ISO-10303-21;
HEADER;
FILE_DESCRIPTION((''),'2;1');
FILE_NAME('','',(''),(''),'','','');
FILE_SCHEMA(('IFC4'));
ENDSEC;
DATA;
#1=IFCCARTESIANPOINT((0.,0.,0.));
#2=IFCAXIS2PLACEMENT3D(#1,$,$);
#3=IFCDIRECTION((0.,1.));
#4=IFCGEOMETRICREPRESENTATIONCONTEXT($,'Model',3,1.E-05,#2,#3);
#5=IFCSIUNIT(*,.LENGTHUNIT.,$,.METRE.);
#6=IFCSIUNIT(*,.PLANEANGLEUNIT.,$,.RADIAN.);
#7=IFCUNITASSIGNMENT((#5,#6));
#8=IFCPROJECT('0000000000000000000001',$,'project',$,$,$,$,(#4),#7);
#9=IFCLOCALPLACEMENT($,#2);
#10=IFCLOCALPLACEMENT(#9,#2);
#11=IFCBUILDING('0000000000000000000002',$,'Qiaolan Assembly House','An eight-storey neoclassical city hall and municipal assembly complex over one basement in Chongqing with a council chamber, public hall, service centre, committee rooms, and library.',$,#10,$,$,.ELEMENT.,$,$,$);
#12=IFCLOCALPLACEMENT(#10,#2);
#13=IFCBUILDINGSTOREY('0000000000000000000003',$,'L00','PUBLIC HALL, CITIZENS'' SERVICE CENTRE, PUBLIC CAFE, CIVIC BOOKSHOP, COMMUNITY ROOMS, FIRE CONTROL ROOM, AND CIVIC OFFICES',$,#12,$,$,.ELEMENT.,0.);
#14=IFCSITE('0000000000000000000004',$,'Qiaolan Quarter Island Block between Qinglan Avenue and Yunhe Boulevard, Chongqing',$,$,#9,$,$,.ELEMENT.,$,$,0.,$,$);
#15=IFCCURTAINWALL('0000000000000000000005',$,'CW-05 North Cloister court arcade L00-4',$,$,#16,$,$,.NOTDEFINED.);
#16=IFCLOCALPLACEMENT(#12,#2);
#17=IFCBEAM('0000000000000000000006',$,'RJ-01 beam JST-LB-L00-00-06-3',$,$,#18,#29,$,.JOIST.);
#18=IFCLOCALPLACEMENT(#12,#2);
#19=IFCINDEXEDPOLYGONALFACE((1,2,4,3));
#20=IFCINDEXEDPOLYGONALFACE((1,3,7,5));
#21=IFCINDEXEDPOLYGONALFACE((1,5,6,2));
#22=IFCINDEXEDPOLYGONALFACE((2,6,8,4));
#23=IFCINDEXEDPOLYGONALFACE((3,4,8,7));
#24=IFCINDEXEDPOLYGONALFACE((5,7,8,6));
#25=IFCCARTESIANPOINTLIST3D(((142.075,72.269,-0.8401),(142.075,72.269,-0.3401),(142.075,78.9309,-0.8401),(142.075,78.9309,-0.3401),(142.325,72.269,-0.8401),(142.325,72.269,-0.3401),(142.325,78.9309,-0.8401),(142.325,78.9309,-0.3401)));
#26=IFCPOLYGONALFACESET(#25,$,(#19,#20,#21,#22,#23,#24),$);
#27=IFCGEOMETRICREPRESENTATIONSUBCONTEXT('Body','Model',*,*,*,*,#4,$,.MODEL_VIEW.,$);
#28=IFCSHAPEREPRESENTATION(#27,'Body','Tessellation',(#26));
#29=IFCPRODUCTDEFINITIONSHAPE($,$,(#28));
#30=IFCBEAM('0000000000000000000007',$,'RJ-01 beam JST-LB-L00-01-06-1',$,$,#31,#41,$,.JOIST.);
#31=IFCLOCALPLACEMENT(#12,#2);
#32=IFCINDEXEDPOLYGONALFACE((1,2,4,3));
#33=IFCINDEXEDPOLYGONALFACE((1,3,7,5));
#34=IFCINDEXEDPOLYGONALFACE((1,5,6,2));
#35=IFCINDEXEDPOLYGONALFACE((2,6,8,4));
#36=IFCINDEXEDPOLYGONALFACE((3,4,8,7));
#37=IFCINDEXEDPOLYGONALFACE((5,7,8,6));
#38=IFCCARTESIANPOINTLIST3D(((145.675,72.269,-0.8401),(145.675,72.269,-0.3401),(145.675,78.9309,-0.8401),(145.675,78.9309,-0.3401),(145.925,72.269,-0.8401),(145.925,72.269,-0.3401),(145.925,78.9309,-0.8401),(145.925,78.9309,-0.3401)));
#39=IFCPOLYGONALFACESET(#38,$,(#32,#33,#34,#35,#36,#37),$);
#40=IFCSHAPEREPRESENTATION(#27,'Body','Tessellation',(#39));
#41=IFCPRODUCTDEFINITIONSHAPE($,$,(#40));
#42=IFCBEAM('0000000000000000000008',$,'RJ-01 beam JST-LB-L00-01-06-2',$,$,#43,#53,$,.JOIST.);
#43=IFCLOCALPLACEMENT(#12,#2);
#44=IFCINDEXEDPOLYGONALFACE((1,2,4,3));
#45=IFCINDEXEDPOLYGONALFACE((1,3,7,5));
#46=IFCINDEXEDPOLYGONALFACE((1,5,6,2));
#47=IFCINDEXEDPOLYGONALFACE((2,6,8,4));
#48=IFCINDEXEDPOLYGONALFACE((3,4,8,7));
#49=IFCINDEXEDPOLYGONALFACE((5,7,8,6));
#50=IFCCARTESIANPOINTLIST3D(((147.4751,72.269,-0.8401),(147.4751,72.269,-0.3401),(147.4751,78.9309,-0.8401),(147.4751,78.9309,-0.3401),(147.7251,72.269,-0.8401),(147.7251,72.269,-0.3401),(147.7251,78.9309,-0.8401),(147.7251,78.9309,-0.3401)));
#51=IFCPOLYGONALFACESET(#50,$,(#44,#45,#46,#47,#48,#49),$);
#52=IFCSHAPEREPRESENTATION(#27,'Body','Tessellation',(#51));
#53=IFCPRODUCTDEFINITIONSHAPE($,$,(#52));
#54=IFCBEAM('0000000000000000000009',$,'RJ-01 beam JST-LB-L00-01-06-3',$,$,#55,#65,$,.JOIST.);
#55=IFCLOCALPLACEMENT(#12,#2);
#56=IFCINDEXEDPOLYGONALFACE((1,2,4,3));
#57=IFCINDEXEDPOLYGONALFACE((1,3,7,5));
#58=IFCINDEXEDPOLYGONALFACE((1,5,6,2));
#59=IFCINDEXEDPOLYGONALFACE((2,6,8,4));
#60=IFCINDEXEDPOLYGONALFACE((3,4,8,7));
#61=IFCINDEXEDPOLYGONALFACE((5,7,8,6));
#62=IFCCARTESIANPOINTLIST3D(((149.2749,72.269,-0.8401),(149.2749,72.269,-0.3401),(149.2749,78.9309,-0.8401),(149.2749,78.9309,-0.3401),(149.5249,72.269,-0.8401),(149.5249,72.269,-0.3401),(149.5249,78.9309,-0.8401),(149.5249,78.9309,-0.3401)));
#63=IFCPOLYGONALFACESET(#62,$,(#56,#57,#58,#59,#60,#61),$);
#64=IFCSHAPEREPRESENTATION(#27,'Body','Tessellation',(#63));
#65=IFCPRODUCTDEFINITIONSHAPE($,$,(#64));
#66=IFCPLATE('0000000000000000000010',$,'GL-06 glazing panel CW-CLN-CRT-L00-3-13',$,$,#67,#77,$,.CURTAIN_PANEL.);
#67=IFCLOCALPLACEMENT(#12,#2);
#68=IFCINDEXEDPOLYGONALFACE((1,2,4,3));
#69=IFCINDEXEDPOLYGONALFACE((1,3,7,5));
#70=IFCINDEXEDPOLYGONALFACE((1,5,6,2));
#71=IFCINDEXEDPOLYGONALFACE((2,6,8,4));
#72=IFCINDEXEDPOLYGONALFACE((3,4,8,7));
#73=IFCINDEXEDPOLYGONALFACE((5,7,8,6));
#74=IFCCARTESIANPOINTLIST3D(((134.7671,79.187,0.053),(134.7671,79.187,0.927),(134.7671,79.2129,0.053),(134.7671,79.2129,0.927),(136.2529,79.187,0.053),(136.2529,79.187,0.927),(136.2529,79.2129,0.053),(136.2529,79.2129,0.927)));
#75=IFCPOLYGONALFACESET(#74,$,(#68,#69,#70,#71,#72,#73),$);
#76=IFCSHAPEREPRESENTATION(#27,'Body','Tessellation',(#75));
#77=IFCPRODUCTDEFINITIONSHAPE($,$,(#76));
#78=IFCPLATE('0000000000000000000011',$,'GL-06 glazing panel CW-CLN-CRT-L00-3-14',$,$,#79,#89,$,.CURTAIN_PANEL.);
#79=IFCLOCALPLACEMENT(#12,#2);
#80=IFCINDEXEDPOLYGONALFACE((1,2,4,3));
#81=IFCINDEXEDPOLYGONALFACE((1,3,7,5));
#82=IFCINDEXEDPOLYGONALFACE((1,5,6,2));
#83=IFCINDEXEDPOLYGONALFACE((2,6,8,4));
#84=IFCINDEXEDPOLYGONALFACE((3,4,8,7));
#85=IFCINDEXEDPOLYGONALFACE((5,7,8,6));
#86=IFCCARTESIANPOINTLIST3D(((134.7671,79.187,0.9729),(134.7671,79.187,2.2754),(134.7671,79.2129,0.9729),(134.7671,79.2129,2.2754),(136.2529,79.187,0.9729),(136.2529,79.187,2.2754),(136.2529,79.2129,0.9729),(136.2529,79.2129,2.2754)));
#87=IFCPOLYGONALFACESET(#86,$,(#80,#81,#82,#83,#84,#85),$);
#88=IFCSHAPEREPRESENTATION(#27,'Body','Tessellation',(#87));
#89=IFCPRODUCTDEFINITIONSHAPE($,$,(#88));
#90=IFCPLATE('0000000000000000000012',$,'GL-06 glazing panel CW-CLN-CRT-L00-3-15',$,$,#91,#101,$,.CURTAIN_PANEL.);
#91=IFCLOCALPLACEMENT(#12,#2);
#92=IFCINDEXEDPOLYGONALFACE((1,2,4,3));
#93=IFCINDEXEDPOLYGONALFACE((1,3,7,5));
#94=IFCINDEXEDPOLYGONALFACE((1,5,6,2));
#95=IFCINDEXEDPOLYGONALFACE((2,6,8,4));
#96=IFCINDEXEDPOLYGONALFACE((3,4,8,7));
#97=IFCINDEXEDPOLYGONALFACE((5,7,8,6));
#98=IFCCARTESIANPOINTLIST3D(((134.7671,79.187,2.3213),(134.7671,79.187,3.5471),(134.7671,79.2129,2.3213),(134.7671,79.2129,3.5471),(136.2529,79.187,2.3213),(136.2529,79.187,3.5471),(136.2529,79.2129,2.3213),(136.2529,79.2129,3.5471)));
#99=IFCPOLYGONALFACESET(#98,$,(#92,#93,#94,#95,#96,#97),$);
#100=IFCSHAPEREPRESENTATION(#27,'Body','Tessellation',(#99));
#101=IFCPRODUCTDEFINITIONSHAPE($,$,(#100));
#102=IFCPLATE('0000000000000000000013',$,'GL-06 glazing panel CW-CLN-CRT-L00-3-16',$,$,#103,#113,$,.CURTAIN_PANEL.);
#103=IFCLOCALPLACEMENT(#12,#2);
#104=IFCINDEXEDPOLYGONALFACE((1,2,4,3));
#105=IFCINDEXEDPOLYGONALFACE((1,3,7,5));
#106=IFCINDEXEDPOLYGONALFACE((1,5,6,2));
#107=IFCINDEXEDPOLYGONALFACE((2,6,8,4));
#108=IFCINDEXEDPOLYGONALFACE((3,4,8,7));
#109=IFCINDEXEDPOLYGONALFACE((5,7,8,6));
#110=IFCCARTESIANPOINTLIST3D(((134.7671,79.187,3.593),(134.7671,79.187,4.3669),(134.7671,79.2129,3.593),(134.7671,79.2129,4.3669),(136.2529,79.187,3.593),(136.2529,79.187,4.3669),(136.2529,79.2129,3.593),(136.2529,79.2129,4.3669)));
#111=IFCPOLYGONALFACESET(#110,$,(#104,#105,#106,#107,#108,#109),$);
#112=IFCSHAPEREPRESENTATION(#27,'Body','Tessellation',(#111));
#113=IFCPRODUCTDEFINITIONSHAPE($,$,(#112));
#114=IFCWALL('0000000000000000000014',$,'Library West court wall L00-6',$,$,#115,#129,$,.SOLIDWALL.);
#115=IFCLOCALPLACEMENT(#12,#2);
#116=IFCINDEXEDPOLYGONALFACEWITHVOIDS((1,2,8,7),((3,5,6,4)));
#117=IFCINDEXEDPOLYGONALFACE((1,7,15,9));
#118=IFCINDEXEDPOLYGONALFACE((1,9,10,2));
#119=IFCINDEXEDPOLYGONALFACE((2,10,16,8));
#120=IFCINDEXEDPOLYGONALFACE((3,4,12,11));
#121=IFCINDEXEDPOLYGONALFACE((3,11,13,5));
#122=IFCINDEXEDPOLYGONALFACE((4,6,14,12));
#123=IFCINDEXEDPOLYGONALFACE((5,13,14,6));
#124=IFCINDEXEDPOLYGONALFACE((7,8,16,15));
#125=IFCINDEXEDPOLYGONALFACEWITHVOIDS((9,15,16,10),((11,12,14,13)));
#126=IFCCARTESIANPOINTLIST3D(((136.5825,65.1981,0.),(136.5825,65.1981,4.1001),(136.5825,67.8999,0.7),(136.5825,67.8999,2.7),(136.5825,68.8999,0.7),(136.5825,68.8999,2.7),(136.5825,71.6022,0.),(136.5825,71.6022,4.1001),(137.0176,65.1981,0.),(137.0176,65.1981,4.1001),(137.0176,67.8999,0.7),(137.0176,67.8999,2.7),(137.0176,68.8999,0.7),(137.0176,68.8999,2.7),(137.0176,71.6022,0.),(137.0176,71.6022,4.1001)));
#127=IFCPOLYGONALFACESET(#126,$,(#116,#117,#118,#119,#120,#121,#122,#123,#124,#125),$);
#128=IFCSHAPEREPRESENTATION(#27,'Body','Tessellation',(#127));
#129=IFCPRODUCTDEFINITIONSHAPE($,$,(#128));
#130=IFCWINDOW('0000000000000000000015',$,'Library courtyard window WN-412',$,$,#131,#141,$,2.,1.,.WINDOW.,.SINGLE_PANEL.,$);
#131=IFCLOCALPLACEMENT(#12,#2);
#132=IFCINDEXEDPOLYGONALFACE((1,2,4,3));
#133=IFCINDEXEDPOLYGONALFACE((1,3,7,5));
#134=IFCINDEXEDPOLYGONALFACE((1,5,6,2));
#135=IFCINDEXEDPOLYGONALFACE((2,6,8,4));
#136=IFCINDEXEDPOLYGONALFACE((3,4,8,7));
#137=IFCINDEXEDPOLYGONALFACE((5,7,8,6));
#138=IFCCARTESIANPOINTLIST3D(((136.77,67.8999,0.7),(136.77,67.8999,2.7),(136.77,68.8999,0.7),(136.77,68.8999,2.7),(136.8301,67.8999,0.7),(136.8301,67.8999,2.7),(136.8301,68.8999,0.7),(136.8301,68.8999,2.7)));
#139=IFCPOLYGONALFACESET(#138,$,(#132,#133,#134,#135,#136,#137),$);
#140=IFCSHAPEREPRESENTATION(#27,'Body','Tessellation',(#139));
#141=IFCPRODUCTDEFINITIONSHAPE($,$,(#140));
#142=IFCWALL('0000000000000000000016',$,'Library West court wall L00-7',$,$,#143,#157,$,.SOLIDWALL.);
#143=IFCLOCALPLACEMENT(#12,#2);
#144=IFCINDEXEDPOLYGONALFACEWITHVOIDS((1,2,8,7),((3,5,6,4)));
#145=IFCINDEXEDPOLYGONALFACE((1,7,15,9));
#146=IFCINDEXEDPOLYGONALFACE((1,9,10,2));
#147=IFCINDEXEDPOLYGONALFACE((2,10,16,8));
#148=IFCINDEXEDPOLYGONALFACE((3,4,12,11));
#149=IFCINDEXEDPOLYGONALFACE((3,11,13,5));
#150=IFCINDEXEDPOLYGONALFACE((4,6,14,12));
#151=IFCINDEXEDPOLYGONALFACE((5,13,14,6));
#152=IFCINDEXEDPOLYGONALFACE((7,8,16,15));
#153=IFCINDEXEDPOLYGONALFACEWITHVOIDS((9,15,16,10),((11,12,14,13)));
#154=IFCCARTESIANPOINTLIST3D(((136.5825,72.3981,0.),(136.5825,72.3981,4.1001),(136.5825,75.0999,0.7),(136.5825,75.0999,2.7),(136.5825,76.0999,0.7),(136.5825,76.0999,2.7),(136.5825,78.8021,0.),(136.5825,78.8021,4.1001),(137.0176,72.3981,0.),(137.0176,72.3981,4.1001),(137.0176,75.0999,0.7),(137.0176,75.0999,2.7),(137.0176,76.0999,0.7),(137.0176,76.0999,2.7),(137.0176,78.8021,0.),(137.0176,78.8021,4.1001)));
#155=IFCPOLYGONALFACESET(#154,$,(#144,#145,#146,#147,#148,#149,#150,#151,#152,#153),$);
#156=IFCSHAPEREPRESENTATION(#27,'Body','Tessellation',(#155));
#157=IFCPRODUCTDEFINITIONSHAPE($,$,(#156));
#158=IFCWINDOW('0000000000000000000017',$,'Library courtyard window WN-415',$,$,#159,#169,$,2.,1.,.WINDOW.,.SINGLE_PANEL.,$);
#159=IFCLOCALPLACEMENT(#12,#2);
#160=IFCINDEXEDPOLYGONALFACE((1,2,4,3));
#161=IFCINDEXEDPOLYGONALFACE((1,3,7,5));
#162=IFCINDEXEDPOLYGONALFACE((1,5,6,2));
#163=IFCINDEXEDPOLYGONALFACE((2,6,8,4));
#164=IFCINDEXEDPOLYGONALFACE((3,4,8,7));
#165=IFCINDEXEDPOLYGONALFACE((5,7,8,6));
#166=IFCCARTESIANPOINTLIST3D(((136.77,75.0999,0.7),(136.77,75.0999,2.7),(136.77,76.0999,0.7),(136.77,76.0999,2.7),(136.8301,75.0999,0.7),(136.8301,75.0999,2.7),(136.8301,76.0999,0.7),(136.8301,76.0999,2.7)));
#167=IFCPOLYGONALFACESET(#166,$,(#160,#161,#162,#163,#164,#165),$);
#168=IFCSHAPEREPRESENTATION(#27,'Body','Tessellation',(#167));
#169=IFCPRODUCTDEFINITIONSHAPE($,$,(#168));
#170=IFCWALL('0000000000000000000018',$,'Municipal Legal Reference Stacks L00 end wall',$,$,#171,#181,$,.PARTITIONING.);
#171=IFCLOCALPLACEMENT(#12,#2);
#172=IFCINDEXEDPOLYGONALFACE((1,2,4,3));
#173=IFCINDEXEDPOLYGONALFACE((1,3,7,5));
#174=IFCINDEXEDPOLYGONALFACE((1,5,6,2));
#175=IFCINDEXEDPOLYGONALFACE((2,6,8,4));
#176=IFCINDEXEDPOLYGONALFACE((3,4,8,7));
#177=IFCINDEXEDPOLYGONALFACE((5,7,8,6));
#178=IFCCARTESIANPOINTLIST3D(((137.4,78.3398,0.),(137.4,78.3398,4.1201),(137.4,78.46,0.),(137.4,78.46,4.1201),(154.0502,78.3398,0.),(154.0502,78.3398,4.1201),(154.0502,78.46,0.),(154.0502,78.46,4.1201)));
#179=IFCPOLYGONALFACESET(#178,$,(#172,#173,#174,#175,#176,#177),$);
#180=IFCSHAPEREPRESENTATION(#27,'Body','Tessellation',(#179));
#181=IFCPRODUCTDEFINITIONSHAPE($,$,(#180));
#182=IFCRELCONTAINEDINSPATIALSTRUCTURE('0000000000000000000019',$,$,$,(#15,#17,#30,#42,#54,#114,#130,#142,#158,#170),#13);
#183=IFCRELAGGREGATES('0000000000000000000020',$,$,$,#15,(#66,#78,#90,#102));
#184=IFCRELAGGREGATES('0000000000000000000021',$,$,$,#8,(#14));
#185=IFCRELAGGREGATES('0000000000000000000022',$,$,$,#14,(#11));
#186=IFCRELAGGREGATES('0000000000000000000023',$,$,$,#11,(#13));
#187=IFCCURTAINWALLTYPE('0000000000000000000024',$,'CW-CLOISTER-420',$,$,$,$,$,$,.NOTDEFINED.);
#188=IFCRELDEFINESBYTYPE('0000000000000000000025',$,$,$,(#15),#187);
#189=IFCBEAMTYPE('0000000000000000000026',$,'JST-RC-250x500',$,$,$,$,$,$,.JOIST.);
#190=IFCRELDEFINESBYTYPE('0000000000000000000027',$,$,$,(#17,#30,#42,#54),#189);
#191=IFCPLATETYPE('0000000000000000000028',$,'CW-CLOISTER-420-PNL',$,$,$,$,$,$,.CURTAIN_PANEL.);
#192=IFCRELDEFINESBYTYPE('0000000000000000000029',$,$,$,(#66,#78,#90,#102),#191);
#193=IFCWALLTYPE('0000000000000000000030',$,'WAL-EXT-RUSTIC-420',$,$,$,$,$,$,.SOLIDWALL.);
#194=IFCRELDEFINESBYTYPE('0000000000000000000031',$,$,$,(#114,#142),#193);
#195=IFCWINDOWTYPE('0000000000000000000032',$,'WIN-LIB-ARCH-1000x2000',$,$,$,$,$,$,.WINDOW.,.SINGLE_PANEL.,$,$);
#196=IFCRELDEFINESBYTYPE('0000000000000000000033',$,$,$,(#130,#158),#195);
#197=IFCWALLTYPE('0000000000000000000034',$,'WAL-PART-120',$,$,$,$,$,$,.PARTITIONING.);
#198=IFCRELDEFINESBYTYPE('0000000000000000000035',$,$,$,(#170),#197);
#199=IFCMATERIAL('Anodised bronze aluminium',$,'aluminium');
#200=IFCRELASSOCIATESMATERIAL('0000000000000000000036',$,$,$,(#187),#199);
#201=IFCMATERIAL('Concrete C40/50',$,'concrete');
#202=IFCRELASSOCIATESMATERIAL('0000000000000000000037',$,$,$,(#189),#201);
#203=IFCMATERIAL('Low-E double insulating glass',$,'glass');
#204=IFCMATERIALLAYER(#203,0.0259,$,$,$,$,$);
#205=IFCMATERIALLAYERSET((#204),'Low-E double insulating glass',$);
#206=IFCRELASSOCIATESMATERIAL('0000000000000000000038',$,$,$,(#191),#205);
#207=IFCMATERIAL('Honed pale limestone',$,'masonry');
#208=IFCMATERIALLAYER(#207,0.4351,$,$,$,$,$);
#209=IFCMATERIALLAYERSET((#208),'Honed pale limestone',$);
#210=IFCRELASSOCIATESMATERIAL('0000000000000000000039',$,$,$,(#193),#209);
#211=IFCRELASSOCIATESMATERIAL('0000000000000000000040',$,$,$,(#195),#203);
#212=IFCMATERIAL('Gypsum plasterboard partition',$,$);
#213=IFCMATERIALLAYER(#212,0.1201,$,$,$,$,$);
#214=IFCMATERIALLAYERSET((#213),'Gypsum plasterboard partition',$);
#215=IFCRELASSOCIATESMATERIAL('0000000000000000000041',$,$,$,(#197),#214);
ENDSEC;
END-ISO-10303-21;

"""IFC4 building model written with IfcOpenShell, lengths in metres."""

from ifc_helpers import new_model, si_unit, direction, frame, frame_2d, origin, origin_2d, place, context, subcontext, project, spatial, rectangle, extrude, material, layer, layer_set, material_profile, profile_set, type_object, element, fill, aggregate, save


model = new_model("IFC4")

# Units and contexts
model_context = context("Model", 3, precision=1e-05, world=origin(), true_north=direction((0.0, 1.0)))
body_context = subcontext(model_context, "Body", "Model", "MODEL_VIEW")
ifc_project = project(units=[si_unit("LENGTHUNIT", "METRE"), si_unit("PLANEANGLEUNIT", "RADIAN")], contexts=[model_context])

# Site, building, storey
site_placement = place(None, origin())
site = spatial("IfcSite", under=ifc_project, at=site_placement, Name="Qiaolan Quarter Island Block between Qinglan Avenue and Yunhe Boulevard, Chongqing", CompositionType="ELEMENT", RefElevation=0.0)
building_placement = place(site_placement, origin())
building = spatial("IfcBuilding", under=site, at=building_placement, Name="Qiaolan Assembly House", Description="An eight-storey neoclassical city hall and municipal assembly complex over one basement in Chongqing with a council chamber, public hall, service centre, committee rooms, and library.", CompositionType="ELEMENT")
storey_placement = place(building_placement, origin())
storey = spatial("IfcBuildingStorey", under=building, at=storey_placement, Name="L00", Description="PUBLIC HALL, CITIZENS' SERVICE CENTRE, PUBLIC CAFE, CIVIC BOOKSHOP, COMMUNITY ROOMS, FIRE CONTROL ROOM, AND CIVIC OFFICES", CompositionType="ELEMENT", Elevation=0.0)

# Shared definitions
ifc_material_1 = material(Name="Concrete C40/50", Category="concrete")

# Curtain wall
ifc_material_2 = material(Name="Anodised bronze aluminium", Category="aluminium")
curtain_wall_type = type_object("IfcCurtainWallType", Name="CW-CLOISTER-420", PredefinedType="NOTDEFINED", material=ifc_material_2)
curtain_wall_placement = place(storey_placement, origin())
curtain_wall = element("IfcCurtainWall", 1, at=curtain_wall_placement, inside=storey, type_object=curtain_wall_type, Name="CW-05 North Cloister court arcade L00-4", PredefinedType="NOTDEFINED")

# Beams
ifc_material_profile_1 = material_profile(ifc_material_1, rectangle(XDim=0.25, YDim=0.5, at=origin_2d()), Name="RCB 250x500")
ifc_profile_set_1 = profile_set([ifc_material_profile_1], Name="Concrete C40/50")
beam_type_1 = type_object("IfcBeamType", Name="JST-RC-250x500", PredefinedType="JOIST", material=ifc_profile_set_1)
for number, where, z_axis, x_axis, name in (
    (2, (142.2, 72.269, -0.5901), (0.0, 1.0, 0.0), (-1.0, 0.0, 0.0), "RJ-01 beam JST-LB-L00-00-06-3"),
    (3, (145.8, 72.269, -0.5901), (0.0, 1.0, 0.0), (-1.0, 0.0, 0.0), "RJ-01 beam JST-LB-L00-01-06-1"),
    (4, (147.6001, 72.269, -0.5901), (0.0, 1.0, 0.0), (-1.0, 0.0, 0.0), "RJ-01 beam JST-LB-L00-01-06-2"),
    (5, (149.3999, 72.269, -0.5901), (0.0, 1.0, 0.0), (-1.0, 0.0, 0.0), "RJ-01 beam JST-LB-L00-01-06-3"),
):
    element("IfcBeam", number, at=place(storey_placement, frame(where, z_axis=z_axis, x_axis=x_axis)), inside=storey, type_object=beam_type_1, Name=name, PredefinedType="JOIST", context=body_context, shape_type="SweptSolid", body=[
        extrude(rectangle(XDim=0.25, YDim=0.5, at=origin_2d()), origin(), (0.0, 0.0, 1.0), 6.6619),
    ])

# Plates
ifc_material_3 = material(Name="Low-E double insulating glass", Category="glass")
ifc_layer_1 = layer(ifc_material_3, 0.0259)
ifc_layer_set_1 = layer_set([ifc_layer_1], Name="Low-E double insulating glass")
plate_type = type_object("IfcPlateType", Name="CW-CLOISTER-420-PNL", PredefinedType="CURTAIN_PANEL", material=ifc_layer_set_1)
plate_1_placement = place(storey_placement, frame((134.7671, 79.2, 0.053), z_axis=(0.0, 0.0, 1.0), x_axis=(1.0, 0.0, 0.0)))
plate_1 = element("IfcPlate", 6, at=plate_1_placement, type_object=plate_type, Name="GL-06 glazing panel CW-CLN-CRT-L00-3-13", PredefinedType="CURTAIN_PANEL", context=body_context, shape_type="SweptSolid", body=[
    extrude(rectangle(XDim=1.4858, YDim=0.0259, at=frame_2d((0.7429, 0.0))), origin(), (0.0, 0.0, 1.0), 0.874),
])
plate_2_placement = place(storey_placement, frame((134.7671, 79.2, 0.9729), z_axis=(0.0, 0.0, 1.0), x_axis=(1.0, 0.0, 0.0)))
plate_2 = element("IfcPlate", 7, at=plate_2_placement, type_object=plate_type, Name="GL-06 glazing panel CW-CLN-CRT-L00-3-14", PredefinedType="CURTAIN_PANEL", context=body_context, shape_type="SweptSolid", body=[
    extrude(rectangle(XDim=1.4858, YDim=0.0259, at=frame_2d((0.7429, 0.0))), origin(), (0.0, 0.0, 1.0), 1.3025),
])
plate_3_placement = place(storey_placement, frame((134.7671, 79.2, 2.3213), z_axis=(0.0, 0.0, 1.0), x_axis=(1.0, 0.0, 0.0)))
plate_3 = element("IfcPlate", 8, at=plate_3_placement, type_object=plate_type, Name="GL-06 glazing panel CW-CLN-CRT-L00-3-15", PredefinedType="CURTAIN_PANEL", context=body_context, shape_type="SweptSolid", body=[
    extrude(rectangle(XDim=1.4858, YDim=0.0259, at=frame_2d((0.7429, 0.0))), origin(), (0.0, 0.0, 1.0), 1.2258),
])
plate_4_placement = place(storey_placement, frame((134.7671, 79.2, 3.593), z_axis=(0.0, 0.0, 1.0), x_axis=(1.0, 0.0, 0.0)))
plate_4 = element("IfcPlate", 9, at=plate_4_placement, type_object=plate_type, Name="GL-06 glazing panel CW-CLN-CRT-L00-3-16", PredefinedType="CURTAIN_PANEL", context=body_context, shape_type="SweptSolid", body=[
    extrude(rectangle(XDim=1.4858, YDim=0.0259, at=frame_2d((0.7429, 0.0))), origin(), (0.0, 0.0, 1.0), 0.7739),
])
aggregate(curtain_wall, [plate_1, plate_2, plate_3, plate_4])

# Walls, openings, windows
ifc_material_4 = material(Name="Honed pale limestone", Category="masonry")
ifc_layer_2 = layer(ifc_material_4, 0.4351)
ifc_layer_set_2 = layer_set([ifc_layer_2], Name="Honed pale limestone")
wall_type_1 = type_object("IfcWallType", Name="WAL-EXT-RUSTIC-420", PredefinedType="SOLIDWALL", material=ifc_layer_set_2)
wall_1_placement = place(storey_placement, frame((136.8, 65.198, 0.0), z_axis=(0.0, 0.0, 1.0), x_axis=(0.0, 1.0, 0.0)))
wall_1 = element("IfcWall", 10, at=wall_1_placement, inside=storey, type_object=wall_type_1, Name="Library West court wall L00-6", PredefinedType="SOLIDWALL", context=body_context, shape_type="SweptSolid", body=[
    extrude(rectangle(XDim=6.4041, YDim=0.4351, at=frame_2d((3.2021, 0.0))), origin(), (0.0, 0.0, 1.0), 4.1001),
])
opening_1_placement = place(wall_1_placement, frame((2.7019, 0.0, 0.7)))
opening_1 = element("IfcOpeningElement", 11, at=opening_1_placement, cuts=wall_1, PredefinedType="OPENING", context=body_context, shape_type="SweptSolid", body=[
    extrude(rectangle(XDim=1.0, YDim=2.0, at=frame_2d((0.5, 1.0))), frame((0.0, 0.2275, 0.0), z_axis=(0.0, -1.0, 0.0), x_axis=(1.0, 0.0, 0.0)), (0.0, 0.0, 1.0), 0.4551),
])
window_type = type_object("IfcWindowType", Name="WIN-LIB-ARCH-1000x2000", PartitioningType="SINGLE_PANEL", PredefinedType="WINDOW", material=ifc_material_3)
window_1_placement = place(opening_1_placement, origin())
window_1 = element("IfcWindow", 12, at=window_1_placement, inside=storey, type_object=window_type, Name="Library courtyard window WN-412", OverallHeight=2.0, OverallWidth=1.0, PartitioningType="SINGLE_PANEL", PredefinedType="WINDOW", context=body_context, shape_type="SweptSolid", body=[
    extrude(rectangle(XDim=1.0, YDim=2.0, at=frame_2d((0.5, 1.0))), frame((0.0, 0.03, 0.0), z_axis=(0.0, -1.0, 0.0), x_axis=(1.0, 0.0, 0.0)), (0.0, 0.0, 1.0), 0.0601),
])
fill(opening_1, window_1)
wall_2_placement = place(storey_placement, frame((136.8, 72.3979, 0.0), z_axis=(0.0, 0.0, 1.0), x_axis=(0.0, 1.0, 0.0)))
wall_2 = element("IfcWall", 13, at=wall_2_placement, inside=storey, type_object=wall_type_1, Name="Library West court wall L00-7", PredefinedType="SOLIDWALL", context=body_context, shape_type="SweptSolid", body=[
    extrude(rectangle(XDim=6.4041, YDim=0.4351, at=frame_2d((3.2021, 0.0))), origin(), (0.0, 0.0, 1.0), 4.1001),
])
opening_2_placement = place(wall_2_placement, frame((2.7019, 0.0, 0.7)))
opening_2 = element("IfcOpeningElement", 14, at=opening_2_placement, cuts=wall_2, PredefinedType="OPENING", context=body_context, shape_type="SweptSolid", body=[
    extrude(rectangle(XDim=1.0, YDim=2.0, at=frame_2d((0.5, 1.0))), frame((0.0, 0.2275, 0.0), z_axis=(0.0, -1.0, 0.0), x_axis=(1.0, 0.0, 0.0)), (0.0, 0.0, 1.0), 0.4551),
])
window_2_placement = place(opening_2_placement, origin())
window_2 = element("IfcWindow", 15, at=window_2_placement, inside=storey, type_object=window_type, Name="Library courtyard window WN-415", OverallHeight=2.0, OverallWidth=1.0, PartitioningType="SINGLE_PANEL", PredefinedType="WINDOW", context=body_context, shape_type="SweptSolid", body=[
    extrude(rectangle(XDim=1.0, YDim=2.0, at=frame_2d((0.5, 1.0))), frame((0.0, 0.03, 0.0), z_axis=(0.0, -1.0, 0.0), x_axis=(1.0, 0.0, 0.0)), (0.0, 0.0, 1.0), 0.0601),
])
fill(opening_2, window_2)

# Wall
ifc_material_5 = material(Name="Gypsum plasterboard partition")
ifc_layer_3 = layer(ifc_material_5, 0.1201)
ifc_layer_set_3 = layer_set([ifc_layer_3], Name="Gypsum plasterboard partition")
wall_type_2 = type_object("IfcWallType", Name="WAL-PART-120", PredefinedType="PARTITIONING", material=ifc_layer_set_3)
wall_3_placement = place(storey_placement, frame((137.3999, 78.3999, 0.0), z_axis=(0.0, 0.0, 1.0), x_axis=(1.0, 0.0, 0.0)))
element("IfcWall", 16, at=wall_3_placement, inside=storey, type_object=wall_type_2, Name="Municipal Legal Reference Stacks L00 end wall", PredefinedType="PARTITIONING", context=body_context, shape_type="SweptSolid", body=[
    extrude(rectangle(XDim=16.6501, YDim=0.1201, at=frame_2d((8.3252, 0.0))), origin(), (0.0, 0.0, 1.0), 4.1201),
])

save(model, "model.ifc")
